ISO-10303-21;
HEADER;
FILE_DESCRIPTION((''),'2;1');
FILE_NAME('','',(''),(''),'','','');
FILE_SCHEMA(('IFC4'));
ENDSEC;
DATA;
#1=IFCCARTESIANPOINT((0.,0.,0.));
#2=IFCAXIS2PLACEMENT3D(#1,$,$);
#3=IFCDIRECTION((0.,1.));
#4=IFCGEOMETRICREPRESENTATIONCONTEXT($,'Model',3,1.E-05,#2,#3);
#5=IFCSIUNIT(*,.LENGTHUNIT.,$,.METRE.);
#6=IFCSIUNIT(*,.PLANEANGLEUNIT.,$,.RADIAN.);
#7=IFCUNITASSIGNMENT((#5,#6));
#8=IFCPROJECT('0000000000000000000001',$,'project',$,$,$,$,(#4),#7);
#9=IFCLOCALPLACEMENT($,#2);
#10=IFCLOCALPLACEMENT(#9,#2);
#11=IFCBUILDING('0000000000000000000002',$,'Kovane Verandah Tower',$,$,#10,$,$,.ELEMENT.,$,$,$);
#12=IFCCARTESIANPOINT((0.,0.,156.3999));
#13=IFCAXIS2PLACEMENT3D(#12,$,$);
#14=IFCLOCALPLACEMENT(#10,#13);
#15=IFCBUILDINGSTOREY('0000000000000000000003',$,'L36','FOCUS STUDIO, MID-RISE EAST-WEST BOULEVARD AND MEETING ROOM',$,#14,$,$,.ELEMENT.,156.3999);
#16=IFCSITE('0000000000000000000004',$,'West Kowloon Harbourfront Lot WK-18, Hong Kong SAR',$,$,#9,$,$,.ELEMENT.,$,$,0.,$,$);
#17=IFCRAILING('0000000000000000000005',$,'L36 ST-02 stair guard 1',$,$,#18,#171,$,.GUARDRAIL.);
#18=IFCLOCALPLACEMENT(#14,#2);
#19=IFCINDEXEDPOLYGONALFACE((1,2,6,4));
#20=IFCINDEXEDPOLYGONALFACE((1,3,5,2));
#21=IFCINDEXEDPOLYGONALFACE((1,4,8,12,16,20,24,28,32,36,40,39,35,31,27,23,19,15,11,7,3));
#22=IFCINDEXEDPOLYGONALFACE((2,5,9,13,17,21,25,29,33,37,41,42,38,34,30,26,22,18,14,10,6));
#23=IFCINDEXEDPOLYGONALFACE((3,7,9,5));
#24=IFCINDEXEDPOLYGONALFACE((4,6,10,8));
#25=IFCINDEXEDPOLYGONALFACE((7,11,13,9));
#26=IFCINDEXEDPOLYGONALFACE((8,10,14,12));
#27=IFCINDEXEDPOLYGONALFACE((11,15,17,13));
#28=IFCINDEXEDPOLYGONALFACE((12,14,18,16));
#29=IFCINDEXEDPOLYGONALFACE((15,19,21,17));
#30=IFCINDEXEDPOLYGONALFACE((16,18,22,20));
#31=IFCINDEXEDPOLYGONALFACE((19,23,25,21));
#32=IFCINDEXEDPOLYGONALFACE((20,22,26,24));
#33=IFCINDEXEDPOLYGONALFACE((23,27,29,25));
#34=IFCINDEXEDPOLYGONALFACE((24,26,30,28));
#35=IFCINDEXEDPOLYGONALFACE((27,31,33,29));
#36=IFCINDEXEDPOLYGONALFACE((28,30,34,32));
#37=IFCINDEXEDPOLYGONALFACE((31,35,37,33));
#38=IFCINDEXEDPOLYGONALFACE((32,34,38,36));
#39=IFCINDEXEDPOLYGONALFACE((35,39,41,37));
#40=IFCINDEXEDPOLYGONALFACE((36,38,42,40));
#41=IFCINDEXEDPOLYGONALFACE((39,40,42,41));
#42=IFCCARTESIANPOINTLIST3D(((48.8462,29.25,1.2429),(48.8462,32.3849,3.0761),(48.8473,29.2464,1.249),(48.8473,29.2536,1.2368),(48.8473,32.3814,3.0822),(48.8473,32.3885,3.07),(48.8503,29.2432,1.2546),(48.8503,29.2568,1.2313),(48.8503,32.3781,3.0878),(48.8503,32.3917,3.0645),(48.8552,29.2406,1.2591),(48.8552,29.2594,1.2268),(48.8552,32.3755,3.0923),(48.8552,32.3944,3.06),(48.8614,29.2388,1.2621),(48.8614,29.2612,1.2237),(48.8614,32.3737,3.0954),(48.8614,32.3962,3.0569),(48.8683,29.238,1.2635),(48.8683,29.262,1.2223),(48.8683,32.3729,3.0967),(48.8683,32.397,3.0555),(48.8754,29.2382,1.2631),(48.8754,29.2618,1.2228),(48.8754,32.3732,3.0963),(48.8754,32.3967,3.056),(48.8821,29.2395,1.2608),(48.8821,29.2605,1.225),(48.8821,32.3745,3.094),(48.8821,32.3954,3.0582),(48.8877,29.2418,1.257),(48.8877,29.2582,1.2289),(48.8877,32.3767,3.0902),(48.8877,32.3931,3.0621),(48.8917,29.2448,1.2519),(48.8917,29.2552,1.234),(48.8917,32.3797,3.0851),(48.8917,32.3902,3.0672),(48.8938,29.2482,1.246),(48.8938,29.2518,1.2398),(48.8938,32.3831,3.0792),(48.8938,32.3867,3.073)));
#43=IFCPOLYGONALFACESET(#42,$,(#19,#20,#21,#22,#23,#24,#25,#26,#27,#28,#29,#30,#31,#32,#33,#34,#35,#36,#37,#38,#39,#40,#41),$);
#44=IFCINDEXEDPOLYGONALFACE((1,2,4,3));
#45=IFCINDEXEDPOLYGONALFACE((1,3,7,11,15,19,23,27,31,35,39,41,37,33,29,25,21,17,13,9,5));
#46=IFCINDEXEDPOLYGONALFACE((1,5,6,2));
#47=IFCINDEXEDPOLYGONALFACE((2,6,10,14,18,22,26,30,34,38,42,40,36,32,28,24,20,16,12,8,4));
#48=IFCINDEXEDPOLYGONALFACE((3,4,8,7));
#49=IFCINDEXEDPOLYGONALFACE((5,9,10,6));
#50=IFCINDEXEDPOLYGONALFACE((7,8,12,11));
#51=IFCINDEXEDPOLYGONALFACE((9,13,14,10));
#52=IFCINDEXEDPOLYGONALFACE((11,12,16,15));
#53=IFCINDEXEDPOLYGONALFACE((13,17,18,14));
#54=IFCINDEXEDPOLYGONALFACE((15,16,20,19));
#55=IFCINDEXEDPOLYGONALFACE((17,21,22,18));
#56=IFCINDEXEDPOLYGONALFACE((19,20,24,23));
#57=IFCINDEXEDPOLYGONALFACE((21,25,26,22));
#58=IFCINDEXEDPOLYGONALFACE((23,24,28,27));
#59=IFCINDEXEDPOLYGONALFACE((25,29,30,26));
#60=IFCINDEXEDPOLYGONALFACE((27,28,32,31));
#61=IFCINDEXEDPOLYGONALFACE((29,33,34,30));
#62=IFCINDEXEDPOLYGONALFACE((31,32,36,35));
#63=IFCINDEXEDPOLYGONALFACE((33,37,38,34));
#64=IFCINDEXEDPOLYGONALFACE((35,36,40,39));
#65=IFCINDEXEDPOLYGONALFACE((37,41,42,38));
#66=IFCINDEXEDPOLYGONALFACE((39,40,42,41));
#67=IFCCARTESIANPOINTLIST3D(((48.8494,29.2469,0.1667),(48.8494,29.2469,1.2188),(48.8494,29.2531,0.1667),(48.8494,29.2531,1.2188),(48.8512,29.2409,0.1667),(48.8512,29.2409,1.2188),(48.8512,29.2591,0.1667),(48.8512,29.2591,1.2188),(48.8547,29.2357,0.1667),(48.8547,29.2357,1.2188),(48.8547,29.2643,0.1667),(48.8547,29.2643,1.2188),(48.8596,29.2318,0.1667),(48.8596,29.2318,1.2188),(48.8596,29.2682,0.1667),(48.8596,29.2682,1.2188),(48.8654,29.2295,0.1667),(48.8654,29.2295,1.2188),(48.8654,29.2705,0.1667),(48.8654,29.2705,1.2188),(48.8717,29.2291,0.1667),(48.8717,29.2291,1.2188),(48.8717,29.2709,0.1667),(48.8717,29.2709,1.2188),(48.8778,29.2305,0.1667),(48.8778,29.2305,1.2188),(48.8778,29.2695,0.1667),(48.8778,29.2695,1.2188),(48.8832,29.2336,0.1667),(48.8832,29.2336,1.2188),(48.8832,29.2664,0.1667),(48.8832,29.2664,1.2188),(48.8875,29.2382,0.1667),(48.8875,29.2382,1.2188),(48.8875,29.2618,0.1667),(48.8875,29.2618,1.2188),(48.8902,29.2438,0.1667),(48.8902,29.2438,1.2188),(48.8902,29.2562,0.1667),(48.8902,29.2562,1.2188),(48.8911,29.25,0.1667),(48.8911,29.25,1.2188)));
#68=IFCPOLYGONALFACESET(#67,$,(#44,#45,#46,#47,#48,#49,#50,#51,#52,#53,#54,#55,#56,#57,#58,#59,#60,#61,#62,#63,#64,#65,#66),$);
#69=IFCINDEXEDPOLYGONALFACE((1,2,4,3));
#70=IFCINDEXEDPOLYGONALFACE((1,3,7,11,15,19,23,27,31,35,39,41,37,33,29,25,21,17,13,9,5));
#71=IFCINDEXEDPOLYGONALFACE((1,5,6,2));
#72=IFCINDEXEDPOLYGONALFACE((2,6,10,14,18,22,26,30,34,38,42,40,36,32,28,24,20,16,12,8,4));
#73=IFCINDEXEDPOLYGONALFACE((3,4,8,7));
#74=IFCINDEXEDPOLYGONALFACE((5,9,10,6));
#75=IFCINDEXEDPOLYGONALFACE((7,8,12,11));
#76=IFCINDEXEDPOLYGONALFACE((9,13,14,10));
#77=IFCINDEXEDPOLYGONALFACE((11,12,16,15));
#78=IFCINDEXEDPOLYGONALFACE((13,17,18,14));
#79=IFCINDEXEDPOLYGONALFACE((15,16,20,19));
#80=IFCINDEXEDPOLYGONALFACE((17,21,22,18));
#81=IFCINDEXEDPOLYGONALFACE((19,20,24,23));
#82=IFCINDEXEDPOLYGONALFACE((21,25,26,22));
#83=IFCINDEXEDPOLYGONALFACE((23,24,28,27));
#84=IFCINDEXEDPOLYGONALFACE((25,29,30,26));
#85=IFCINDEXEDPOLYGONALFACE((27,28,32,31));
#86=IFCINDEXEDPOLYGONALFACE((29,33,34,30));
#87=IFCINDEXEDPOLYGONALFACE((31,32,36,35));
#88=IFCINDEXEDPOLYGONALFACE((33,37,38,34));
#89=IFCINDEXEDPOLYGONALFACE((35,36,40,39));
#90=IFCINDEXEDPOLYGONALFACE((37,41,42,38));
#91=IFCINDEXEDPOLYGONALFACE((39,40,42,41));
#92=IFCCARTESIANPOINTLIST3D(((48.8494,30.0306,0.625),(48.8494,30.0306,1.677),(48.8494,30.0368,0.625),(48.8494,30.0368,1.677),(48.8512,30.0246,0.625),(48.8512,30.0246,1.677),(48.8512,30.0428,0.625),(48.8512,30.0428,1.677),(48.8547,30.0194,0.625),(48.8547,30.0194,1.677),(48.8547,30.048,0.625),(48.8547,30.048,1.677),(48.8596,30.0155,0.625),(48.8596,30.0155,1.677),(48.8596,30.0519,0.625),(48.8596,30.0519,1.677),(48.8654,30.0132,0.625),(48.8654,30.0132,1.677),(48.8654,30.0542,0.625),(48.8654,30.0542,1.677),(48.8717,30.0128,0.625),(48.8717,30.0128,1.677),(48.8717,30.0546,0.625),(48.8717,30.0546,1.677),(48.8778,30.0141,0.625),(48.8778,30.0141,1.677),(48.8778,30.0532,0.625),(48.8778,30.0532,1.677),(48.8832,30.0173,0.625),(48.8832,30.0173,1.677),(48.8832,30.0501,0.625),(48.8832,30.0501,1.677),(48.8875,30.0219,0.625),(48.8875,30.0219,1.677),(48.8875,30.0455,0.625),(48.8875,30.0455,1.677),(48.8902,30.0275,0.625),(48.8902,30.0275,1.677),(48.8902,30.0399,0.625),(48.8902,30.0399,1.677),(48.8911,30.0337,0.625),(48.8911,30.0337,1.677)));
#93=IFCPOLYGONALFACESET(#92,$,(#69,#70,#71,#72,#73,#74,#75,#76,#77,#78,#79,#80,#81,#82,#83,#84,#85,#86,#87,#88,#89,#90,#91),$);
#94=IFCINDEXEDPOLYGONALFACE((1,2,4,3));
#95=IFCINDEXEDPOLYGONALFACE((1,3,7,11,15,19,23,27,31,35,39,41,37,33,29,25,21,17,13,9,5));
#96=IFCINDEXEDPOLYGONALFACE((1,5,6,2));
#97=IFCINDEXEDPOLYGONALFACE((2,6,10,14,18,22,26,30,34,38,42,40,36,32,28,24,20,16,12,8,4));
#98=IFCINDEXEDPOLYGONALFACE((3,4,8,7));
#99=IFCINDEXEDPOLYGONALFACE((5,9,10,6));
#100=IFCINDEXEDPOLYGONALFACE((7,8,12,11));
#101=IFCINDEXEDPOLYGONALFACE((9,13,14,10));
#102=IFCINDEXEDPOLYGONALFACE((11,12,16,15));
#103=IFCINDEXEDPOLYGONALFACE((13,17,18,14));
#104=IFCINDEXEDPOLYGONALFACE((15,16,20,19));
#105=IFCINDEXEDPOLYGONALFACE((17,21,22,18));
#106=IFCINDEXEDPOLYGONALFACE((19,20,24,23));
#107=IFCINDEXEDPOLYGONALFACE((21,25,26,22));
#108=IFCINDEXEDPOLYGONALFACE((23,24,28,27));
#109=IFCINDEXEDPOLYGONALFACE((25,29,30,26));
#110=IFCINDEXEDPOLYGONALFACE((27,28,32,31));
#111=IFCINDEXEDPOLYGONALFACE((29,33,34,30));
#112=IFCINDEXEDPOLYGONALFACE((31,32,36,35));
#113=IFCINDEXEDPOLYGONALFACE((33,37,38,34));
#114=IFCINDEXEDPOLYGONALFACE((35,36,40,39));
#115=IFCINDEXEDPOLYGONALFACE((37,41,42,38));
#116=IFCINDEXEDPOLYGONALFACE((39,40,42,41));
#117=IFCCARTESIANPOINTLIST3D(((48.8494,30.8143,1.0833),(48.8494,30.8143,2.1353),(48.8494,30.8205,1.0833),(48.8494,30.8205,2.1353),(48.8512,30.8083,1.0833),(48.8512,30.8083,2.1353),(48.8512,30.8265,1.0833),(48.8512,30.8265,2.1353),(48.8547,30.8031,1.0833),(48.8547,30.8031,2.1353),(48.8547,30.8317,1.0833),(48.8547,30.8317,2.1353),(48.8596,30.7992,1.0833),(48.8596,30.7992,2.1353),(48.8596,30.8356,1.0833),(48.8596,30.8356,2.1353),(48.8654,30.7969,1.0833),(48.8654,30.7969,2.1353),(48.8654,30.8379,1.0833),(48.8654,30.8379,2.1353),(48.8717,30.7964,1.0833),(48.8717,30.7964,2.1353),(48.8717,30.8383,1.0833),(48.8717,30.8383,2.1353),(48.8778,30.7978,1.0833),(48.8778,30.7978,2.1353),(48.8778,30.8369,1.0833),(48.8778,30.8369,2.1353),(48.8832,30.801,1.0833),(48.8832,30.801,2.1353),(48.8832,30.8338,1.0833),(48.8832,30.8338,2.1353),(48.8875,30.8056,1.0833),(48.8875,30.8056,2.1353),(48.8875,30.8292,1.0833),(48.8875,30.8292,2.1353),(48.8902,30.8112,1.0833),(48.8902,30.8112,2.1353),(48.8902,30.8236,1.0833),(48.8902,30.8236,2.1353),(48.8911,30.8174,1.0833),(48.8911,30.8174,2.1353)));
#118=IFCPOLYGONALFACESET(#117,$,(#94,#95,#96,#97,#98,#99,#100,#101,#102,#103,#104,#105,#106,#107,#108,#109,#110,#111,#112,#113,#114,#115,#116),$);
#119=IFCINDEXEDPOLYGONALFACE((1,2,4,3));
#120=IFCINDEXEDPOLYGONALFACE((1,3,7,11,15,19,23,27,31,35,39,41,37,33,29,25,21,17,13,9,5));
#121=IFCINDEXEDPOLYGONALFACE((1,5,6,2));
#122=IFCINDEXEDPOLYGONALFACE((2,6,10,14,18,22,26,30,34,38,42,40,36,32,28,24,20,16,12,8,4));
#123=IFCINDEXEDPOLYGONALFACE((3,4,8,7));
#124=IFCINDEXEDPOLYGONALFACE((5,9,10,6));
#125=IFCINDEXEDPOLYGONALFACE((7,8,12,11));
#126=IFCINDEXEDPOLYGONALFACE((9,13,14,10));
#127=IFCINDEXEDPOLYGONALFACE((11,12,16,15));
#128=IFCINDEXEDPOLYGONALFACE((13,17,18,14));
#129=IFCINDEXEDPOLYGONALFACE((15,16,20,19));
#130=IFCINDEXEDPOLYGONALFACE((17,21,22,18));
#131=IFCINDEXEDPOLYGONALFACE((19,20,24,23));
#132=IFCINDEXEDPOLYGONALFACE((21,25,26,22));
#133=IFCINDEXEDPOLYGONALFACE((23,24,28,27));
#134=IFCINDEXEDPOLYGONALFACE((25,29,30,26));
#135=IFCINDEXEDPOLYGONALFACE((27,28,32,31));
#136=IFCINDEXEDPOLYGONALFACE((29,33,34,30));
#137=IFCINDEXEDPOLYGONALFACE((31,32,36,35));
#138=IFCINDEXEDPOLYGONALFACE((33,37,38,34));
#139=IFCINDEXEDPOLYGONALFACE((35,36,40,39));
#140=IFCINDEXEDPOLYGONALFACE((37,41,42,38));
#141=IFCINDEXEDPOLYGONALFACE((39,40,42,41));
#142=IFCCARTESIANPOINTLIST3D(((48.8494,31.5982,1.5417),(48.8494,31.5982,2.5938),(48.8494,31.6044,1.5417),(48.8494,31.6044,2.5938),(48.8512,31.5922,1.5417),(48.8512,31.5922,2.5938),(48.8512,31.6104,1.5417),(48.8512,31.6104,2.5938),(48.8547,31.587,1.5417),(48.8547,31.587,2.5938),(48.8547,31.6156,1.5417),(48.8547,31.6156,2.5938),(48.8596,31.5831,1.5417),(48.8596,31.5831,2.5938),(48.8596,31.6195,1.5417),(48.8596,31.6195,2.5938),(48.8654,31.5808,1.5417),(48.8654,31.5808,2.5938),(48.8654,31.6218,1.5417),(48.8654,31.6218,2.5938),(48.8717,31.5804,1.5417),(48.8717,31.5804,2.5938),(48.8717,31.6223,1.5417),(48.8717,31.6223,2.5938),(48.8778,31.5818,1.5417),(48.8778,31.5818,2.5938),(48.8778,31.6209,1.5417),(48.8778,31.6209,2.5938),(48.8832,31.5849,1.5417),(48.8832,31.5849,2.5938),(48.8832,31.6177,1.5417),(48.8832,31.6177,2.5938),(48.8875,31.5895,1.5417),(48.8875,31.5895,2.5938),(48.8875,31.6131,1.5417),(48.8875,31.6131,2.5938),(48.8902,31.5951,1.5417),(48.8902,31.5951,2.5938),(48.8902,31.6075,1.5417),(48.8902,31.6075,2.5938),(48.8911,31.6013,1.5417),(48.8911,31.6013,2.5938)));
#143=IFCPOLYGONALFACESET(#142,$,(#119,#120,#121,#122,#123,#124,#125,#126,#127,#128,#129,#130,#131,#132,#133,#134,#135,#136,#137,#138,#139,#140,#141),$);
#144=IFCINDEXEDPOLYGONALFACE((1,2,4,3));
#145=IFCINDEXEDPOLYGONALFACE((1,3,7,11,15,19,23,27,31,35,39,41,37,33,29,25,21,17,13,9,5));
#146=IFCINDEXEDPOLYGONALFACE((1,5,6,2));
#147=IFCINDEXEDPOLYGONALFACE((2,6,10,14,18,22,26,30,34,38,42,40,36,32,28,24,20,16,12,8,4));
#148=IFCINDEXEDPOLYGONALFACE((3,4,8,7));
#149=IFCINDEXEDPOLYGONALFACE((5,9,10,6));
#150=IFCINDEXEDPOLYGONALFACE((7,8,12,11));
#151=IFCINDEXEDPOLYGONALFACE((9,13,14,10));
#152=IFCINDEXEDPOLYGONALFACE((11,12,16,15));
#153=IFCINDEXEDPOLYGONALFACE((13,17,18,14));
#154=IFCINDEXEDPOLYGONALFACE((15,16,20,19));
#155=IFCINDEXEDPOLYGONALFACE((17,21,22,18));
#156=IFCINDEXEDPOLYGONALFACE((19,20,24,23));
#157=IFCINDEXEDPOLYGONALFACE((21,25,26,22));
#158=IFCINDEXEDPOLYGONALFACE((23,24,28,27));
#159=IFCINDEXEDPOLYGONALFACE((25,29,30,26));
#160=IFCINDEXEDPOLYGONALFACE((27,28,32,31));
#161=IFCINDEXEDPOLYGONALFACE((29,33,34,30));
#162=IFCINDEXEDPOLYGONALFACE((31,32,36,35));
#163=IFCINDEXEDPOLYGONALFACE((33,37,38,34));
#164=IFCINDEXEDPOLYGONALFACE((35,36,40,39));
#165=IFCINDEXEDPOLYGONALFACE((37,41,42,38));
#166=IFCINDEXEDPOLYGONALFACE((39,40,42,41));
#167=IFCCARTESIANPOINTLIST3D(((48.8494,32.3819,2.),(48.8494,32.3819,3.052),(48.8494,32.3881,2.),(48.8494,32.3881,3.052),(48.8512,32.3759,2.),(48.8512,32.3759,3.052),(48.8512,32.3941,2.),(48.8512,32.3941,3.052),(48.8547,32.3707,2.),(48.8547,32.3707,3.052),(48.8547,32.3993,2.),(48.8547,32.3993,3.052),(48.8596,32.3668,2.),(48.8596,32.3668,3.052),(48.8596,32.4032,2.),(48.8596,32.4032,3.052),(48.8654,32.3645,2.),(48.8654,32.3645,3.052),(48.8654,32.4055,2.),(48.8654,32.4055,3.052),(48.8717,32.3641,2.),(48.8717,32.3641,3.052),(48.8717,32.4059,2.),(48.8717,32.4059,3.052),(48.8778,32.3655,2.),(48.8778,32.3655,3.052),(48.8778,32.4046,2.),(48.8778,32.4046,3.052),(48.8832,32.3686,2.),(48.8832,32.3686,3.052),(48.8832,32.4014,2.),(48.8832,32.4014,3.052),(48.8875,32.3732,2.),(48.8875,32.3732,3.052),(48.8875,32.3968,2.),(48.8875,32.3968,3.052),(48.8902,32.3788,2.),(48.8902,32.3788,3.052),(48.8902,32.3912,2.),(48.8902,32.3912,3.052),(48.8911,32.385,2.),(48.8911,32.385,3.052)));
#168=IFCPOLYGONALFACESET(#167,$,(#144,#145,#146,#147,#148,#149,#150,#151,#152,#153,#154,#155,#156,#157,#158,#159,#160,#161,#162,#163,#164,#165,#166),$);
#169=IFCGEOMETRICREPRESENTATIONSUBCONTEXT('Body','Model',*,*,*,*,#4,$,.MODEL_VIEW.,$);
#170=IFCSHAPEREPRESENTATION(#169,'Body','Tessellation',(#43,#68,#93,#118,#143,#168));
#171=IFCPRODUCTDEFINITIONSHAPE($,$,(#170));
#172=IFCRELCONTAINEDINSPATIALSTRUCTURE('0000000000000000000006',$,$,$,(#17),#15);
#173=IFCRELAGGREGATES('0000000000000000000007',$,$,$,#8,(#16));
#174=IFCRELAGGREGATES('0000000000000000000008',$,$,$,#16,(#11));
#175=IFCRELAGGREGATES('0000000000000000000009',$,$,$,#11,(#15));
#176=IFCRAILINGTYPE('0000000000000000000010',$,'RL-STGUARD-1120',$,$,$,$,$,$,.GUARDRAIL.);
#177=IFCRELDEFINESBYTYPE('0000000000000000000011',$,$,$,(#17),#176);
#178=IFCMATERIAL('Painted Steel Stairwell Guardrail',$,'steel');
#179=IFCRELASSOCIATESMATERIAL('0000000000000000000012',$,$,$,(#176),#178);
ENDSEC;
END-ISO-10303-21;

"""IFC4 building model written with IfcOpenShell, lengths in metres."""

from ifc_helpers import new_model, si_unit, direction, frame, origin, origin_2d, place, context, subcontext, project, spatial, circle, extrude, material, type_object, element, save


model = new_model("IFC4")

# Units and contexts
model_context = context("Model", 3, precision=1e-05, world=origin(), true_north=direction((0.0, 1.0)))
body_context = subcontext(model_context, "Body", "Model", "MODEL_VIEW")
ifc_project = project(units=[si_unit("LENGTHUNIT", "METRE"), si_unit("PLANEANGLEUNIT", "RADIAN")], contexts=[model_context])

# Site, building, storey
site_placement = place(None, origin())
site = spatial("IfcSite", under=ifc_project, at=site_placement, Name="West Kowloon Harbourfront Lot WK-18, Hong Kong SAR", CompositionType="ELEMENT", RefElevation=0.0)
building_placement = place(site_placement, origin())
building = spatial("IfcBuilding", under=site, at=building_placement, Name="Kovane Verandah Tower", CompositionType="ELEMENT")
storey_placement = place(building_placement, frame((0.0, 0.0, 156.3999)))
storey = spatial("IfcBuildingStorey", under=building, at=storey_placement, Name="L36", Description="FOCUS STUDIO, MID-RISE EAST-WEST BOULEVARD AND MEETING ROOM", CompositionType="ELEMENT", Elevation=156.3999)

# Railing
ifc_material_1 = material(Name="Painted Steel Stairwell Guardrail", Category="steel")
railing_type_1 = type_object("IfcRailingType", Name="RL-STGUARD-1120", PredefinedType="GUARDRAIL", material=ifc_material_1)
railing_1_placement = place(storey_placement, frame((48.8701, 29.25, 0.1667)))
element("IfcRailing", 1, at=railing_1_placement, inside=storey, type_object=railing_type_1, Name="L36 ST-02 stair guard 1", PredefinedType="GUARDRAIL", context=body_context, shape_type="SweptSolid", body=[
    extrude(circle(Radius=0.0239, at=origin_2d()), frame((0.0, 0.0, 1.0762), z_axis=(0.0, 0.86324, 0.504794), x_axis=(-1.0, 0.0, 0.0)), (0.0, 0.0, 1.0), 3.6316),
    extrude(circle(Radius=0.021, at=origin_2d()), origin(), (0.0, 0.0, 1.0), 1.052),
    extrude(circle(Radius=0.021, at=origin_2d()), frame((0.0, 0.7837, 0.4583)), (0.0, 0.0, 1.0), 1.052),
    extrude(circle(Radius=0.021, at=origin_2d()), frame((0.0, 1.5674, 0.9165)), (0.0, 0.0, 1.0), 1.052),
    extrude(circle(Radius=0.021, at=origin_2d()), frame((0.0, 2.3513, 1.375)), (0.0, 0.0, 1.0), 1.052),
    extrude(circle(Radius=0.021, at=origin_2d()), frame((0.0, 3.135, 1.8333)), (0.0, 0.0, 1.0), 1.052),
])

save(model, "model.ifc")
